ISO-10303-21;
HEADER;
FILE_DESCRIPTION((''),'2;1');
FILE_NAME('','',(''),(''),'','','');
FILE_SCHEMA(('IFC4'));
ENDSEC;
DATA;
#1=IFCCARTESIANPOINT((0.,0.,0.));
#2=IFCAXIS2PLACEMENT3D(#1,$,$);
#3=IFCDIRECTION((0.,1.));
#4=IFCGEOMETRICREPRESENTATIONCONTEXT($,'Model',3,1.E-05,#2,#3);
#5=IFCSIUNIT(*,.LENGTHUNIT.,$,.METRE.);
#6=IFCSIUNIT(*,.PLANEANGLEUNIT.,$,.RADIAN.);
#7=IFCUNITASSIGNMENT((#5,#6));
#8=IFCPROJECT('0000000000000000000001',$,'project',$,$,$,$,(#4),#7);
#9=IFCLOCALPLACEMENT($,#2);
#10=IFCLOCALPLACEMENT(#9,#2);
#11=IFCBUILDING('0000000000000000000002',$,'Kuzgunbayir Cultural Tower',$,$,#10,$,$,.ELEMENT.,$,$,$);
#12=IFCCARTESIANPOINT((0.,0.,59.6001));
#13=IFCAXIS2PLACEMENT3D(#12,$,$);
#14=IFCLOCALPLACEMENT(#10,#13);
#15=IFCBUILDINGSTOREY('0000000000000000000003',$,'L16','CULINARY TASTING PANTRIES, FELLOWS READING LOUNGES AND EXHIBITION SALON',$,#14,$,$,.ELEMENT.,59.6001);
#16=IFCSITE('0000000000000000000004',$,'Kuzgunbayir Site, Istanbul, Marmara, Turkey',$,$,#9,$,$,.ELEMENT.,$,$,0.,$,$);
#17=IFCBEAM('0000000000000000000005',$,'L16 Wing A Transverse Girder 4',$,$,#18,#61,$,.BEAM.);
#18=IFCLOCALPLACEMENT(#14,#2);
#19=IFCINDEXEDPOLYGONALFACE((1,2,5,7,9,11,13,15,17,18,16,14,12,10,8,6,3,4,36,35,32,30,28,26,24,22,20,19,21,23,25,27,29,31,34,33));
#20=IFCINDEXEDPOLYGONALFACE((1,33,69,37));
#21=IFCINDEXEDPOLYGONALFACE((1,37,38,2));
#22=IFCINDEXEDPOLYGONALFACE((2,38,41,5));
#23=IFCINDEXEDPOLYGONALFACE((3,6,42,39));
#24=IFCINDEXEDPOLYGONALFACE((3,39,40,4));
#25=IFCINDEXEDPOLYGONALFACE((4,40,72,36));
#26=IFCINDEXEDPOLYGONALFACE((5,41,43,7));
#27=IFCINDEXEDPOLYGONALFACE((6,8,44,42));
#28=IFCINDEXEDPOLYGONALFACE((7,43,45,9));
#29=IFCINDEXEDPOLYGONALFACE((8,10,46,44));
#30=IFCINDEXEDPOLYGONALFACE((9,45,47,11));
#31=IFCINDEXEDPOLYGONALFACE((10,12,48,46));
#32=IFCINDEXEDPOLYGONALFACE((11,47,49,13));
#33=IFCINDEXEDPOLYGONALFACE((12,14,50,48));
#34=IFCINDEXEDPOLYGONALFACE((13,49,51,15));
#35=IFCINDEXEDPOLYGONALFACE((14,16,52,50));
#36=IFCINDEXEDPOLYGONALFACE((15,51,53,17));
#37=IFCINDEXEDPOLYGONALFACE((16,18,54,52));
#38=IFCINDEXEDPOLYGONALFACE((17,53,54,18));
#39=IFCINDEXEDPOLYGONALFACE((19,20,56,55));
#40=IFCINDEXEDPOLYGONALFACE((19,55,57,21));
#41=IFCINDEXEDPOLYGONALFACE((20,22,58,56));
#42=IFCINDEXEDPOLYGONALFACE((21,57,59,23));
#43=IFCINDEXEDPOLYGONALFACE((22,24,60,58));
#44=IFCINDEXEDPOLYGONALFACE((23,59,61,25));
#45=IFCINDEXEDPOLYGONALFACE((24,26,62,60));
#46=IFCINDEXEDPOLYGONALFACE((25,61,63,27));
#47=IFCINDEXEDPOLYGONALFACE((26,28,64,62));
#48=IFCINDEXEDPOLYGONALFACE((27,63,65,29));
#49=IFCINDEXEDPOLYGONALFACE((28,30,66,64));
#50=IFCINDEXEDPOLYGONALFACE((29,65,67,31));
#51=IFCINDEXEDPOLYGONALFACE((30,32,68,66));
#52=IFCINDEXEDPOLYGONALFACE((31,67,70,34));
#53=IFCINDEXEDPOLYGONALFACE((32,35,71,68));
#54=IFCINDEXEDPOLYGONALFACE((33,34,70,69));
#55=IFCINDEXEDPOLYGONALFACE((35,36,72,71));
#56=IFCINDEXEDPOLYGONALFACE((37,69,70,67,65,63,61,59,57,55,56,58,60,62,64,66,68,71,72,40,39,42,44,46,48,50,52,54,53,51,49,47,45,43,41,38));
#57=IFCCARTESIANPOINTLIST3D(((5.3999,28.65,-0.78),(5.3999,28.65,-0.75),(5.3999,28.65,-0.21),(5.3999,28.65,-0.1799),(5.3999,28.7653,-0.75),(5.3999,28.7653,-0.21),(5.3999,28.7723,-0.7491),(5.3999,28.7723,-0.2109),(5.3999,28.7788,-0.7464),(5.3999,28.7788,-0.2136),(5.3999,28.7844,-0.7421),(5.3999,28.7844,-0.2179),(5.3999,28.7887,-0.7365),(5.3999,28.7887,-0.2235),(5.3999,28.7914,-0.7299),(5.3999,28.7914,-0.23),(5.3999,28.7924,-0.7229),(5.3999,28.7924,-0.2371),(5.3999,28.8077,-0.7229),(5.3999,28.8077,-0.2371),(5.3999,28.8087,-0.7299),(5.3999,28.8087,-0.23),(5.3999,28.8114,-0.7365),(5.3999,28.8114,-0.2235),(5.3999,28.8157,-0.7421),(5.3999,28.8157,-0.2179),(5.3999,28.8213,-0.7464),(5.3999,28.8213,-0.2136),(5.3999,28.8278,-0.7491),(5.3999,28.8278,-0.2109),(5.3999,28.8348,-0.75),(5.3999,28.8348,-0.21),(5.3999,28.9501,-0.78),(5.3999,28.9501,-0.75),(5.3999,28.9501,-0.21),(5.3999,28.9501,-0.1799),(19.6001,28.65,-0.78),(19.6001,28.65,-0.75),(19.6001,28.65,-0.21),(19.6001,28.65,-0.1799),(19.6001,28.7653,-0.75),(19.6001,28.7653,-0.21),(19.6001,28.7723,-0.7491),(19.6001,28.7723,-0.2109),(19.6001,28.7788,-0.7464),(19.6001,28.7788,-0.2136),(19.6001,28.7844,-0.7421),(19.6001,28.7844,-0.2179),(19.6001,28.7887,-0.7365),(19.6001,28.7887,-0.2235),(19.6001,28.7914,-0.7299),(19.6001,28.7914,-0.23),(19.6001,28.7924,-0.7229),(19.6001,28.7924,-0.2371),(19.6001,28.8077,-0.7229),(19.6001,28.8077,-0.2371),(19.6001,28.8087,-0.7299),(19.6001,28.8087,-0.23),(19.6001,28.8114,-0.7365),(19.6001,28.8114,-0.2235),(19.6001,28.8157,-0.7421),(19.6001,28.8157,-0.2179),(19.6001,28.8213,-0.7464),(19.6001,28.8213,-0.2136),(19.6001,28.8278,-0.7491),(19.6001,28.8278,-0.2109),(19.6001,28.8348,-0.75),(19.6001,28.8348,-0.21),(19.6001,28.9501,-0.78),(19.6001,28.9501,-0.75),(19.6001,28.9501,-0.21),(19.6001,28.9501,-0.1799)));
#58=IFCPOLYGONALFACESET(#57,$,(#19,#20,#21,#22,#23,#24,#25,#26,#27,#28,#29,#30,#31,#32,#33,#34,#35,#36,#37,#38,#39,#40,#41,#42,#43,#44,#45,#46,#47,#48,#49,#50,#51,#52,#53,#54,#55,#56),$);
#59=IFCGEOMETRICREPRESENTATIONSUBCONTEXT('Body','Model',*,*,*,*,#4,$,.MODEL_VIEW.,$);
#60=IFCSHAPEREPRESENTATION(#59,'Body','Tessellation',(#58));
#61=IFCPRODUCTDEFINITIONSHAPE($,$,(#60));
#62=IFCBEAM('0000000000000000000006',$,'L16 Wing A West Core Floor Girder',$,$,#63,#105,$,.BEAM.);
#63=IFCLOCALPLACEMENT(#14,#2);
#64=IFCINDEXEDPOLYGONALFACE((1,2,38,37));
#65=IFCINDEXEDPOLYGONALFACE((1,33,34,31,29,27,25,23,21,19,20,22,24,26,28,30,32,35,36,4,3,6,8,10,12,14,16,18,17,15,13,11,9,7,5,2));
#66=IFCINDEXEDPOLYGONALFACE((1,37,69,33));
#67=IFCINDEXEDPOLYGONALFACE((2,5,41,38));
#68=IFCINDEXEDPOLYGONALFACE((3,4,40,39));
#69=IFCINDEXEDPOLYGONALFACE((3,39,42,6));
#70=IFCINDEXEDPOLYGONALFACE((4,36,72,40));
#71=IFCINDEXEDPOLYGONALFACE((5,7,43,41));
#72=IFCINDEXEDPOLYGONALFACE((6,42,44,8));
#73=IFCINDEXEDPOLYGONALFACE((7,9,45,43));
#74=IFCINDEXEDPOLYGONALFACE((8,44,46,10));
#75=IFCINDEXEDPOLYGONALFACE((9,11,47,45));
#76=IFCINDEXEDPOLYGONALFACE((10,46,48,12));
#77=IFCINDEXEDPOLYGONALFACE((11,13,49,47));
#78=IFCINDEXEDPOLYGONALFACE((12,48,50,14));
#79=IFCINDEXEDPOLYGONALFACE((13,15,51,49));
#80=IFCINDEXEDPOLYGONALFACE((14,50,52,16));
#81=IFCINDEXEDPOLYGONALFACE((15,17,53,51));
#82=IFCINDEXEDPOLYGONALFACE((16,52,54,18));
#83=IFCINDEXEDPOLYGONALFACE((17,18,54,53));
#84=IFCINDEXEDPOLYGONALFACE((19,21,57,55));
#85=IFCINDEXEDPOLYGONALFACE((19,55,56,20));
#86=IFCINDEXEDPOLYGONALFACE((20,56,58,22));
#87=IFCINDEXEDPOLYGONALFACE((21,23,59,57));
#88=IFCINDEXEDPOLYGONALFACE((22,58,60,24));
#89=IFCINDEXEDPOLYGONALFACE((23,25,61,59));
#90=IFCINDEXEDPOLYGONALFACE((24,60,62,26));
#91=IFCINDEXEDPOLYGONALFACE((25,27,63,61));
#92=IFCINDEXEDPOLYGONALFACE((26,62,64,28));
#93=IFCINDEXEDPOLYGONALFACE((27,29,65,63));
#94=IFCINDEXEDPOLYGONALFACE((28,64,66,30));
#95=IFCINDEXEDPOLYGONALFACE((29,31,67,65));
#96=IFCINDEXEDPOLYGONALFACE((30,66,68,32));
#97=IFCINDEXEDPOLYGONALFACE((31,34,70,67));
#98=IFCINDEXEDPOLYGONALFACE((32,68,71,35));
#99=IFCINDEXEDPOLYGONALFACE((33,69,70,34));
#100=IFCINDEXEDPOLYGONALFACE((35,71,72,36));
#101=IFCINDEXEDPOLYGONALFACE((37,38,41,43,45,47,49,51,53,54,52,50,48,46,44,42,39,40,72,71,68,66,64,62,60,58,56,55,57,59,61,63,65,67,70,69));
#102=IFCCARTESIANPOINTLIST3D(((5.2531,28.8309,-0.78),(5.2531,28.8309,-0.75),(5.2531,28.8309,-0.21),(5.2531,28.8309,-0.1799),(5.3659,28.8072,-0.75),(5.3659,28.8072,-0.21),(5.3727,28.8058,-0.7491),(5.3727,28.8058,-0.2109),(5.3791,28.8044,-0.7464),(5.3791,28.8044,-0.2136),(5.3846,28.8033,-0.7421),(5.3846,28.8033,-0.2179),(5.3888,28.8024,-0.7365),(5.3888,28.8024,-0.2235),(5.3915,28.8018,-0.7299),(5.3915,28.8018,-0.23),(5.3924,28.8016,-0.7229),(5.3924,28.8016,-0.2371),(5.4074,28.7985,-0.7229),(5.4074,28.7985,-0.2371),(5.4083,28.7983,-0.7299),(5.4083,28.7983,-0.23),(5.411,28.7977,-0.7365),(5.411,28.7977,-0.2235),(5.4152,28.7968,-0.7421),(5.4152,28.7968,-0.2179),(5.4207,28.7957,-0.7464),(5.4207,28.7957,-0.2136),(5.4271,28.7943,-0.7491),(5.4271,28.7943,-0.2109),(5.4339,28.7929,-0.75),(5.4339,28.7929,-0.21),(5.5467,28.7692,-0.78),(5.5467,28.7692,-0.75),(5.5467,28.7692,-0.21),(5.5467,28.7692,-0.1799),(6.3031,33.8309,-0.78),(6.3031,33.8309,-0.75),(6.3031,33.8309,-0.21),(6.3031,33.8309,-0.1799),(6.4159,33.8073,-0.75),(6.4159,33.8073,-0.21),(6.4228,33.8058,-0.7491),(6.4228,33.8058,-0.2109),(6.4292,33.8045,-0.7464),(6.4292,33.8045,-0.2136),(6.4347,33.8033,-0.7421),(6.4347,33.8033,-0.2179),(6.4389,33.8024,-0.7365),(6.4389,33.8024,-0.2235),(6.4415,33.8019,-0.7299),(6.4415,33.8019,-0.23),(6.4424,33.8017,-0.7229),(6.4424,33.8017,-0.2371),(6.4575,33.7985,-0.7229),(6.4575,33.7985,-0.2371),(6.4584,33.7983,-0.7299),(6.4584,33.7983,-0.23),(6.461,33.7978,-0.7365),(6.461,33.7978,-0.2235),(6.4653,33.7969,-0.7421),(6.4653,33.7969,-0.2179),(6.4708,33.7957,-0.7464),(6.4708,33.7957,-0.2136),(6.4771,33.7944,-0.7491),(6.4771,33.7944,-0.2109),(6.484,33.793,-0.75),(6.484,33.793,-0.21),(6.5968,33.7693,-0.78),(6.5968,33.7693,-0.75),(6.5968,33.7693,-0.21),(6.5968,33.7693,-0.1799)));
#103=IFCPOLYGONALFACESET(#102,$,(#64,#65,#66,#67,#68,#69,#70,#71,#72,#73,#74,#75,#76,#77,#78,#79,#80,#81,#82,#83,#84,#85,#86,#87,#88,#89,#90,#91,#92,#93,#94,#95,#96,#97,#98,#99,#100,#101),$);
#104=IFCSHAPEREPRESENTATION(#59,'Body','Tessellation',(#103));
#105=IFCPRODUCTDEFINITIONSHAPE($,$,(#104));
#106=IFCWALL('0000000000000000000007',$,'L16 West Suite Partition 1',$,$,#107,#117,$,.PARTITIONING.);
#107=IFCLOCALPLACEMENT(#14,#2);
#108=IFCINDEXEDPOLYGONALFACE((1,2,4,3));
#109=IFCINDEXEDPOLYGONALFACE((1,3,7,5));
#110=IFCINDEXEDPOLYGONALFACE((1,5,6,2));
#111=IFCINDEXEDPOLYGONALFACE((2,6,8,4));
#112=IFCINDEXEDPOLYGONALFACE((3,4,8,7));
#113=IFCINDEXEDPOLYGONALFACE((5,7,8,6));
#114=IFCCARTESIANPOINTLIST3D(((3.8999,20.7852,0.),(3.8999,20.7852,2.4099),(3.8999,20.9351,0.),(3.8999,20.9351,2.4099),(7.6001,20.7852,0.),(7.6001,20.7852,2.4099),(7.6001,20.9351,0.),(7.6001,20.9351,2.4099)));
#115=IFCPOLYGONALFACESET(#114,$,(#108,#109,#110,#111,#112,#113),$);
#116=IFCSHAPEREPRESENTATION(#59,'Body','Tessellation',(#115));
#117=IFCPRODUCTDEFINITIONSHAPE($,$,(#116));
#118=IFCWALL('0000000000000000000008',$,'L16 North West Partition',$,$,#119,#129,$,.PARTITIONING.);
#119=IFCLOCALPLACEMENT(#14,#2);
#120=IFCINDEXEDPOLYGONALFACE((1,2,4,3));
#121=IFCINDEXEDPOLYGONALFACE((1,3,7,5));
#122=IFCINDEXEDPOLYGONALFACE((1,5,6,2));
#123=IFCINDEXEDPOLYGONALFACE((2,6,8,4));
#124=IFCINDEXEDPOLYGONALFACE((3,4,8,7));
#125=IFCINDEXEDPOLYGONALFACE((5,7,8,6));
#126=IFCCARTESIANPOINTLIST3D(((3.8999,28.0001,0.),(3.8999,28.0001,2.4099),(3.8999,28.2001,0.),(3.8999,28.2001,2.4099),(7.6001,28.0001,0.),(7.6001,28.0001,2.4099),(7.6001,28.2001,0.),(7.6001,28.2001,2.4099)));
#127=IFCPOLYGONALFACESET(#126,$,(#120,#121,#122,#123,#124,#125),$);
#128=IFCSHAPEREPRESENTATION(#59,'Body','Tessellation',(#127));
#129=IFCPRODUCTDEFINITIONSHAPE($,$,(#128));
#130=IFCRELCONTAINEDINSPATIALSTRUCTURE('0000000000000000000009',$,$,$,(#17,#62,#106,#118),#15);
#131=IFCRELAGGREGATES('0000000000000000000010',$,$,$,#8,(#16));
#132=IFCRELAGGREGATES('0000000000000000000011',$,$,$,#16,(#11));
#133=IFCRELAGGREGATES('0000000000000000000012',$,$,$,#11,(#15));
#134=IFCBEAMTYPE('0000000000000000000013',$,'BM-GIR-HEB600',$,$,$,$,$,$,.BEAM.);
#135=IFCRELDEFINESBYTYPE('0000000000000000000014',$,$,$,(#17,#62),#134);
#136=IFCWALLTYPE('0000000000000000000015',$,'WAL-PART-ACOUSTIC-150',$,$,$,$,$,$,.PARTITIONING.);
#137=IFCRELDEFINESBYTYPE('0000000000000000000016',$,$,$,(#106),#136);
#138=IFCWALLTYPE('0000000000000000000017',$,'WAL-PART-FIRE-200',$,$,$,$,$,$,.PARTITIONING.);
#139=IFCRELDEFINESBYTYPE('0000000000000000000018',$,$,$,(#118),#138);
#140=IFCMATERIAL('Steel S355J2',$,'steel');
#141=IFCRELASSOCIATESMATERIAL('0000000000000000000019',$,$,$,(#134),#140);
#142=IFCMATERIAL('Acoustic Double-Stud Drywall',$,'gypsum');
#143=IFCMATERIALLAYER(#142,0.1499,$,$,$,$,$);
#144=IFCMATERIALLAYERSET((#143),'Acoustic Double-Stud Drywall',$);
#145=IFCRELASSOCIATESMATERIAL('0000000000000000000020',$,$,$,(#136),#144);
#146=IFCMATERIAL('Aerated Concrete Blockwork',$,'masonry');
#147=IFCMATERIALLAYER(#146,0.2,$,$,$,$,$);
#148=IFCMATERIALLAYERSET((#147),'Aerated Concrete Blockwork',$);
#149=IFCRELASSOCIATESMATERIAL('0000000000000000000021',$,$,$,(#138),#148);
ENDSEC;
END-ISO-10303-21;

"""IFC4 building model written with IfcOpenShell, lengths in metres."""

from ifc_helpers import new_model, si_unit, direction, frame, frame_2d, origin, origin_2d, place, context, subcontext, project, spatial, rectangle, i_section, extrude, material, layer, layer_set, material_profile, profile_set, type_object, element, save


model = new_model("IFC4")

# Units and contexts
model_context = context("Model", 3, precision=1e-05, world=origin(), true_north=direction((0.0, 1.0)))
body_context = subcontext(model_context, "Body", "Model", "MODEL_VIEW")
ifc_project = project(units=[si_unit("LENGTHUNIT", "METRE"), si_unit("PLANEANGLEUNIT", "RADIAN")], contexts=[model_context])

# Site, building, storey
site_placement = place(None, origin())
site = spatial("IfcSite", under=ifc_project, at=site_placement, Name="Kuzgunbayir Site, Istanbul, Marmara, Turkey", CompositionType="ELEMENT", RefElevation=0.0)
building_placement = place(site_placement, origin())
building = spatial("IfcBuilding", under=site, at=building_placement, Name="Kuzgunbayir Cultural Tower", CompositionType="ELEMENT")
storey_placement = place(building_placement, frame((0.0, 0.0, 59.6001)))
storey = spatial("IfcBuildingStorey", under=building, at=storey_placement, Name="L16", Description="CULINARY TASTING PANTRIES, FELLOWS READING LOUNGES AND EXHIBITION SALON", CompositionType="ELEMENT", Elevation=59.6001)

# Beams
ifc_material_1 = material(Name="Steel S355J2", Category="steel")
ifc_material_profile_1 = material_profile(ifc_material_1, i_section(OverallWidth=0.3, OverallDepth=0.6001, WebThickness=0.0154, FlangeThickness=0.03, FilletRadius=0.0271, at=origin_2d()), Name="HEB 600")
ifc_profile_set_1 = profile_set([ifc_material_profile_1], Name="Steel S355J2")
beam_type_1 = type_object("IfcBeamType", Name="BM-GIR-HEB600", PredefinedType="BEAM", material=ifc_profile_set_1)
for number, where, z_axis, x_axis, name in (
    (1, (5.3999, 28.8, -0.48), (1.0, 0.0, 0.0), (0.0, 1.0, 0.0), "L16 Wing A Transverse Girder 4"),
):
    element("IfcBeam", number, at=place(storey_placement, frame(where, z_axis=z_axis, x_axis=x_axis)), inside=storey, type_object=beam_type_1, Name=name, PredefinedType="BEAM", context=body_context, shape_type="SweptSolid", body=[
        extrude(i_section(OverallWidth=0.3, OverallDepth=0.6001, WebThickness=0.0154, FlangeThickness=0.03, FilletRadius=0.0271, at=origin_2d()), origin(), (0.0, 0.0, 1.0), 14.2002),
    ])
beam_1_placement = place(storey_placement, frame((5.3999, 28.8, -0.48), z_axis=(0.205526, 0.978652, 0.0), x_axis=(-0.978652, 0.205526, 0.0)))
element("IfcBeam", 2, at=beam_1_placement, inside=storey, type_object=beam_type_1, Name="L16 Wing A West Core Floor Girder", PredefinedType="BEAM", context=body_context, shape_type="SweptSolid", body=[
    extrude(i_section(OverallWidth=0.3, OverallDepth=0.6001, WebThickness=0.0154, FlangeThickness=0.03, FilletRadius=0.0271, at=origin_2d()), origin(), (0.0, 0.0, 1.0), 5.1091),
])

# Walls
ifc_material_2 = material(Name="Acoustic Double-Stud Drywall", Category="gypsum")
ifc_layer_1 = layer(ifc_material_2, 0.1499)
ifc_layer_set_1 = layer_set([ifc_layer_1], Name="Acoustic Double-Stud Drywall")
wall_type_1 = type_object("IfcWallType", Name="WAL-PART-ACOUSTIC-150", PredefinedType="PARTITIONING", material=ifc_layer_set_1)
wall_1_placement = place(storey_placement, frame((3.8999, 20.8601, 0.0), z_axis=(0.0, 0.0, 1.0), x_axis=(1.0, 0.0, 0.0)))
element("IfcWall", 3, at=wall_1_placement, inside=storey, type_object=wall_type_1, Name="L16 West Suite Partition 1", PredefinedType="PARTITIONING", context=body_context, shape_type="SweptSolid", body=[
    extrude(rectangle(XDim=3.7002, YDim=0.1499, at=frame_2d((1.8501, 0.0))), origin(), (0.0, 0.0, 1.0), 2.4099),
])
ifc_material_3 = material(Name="Aerated Concrete Blockwork", Category="masonry")
ifc_layer_2 = layer(ifc_material_3, 0.2)
ifc_layer_set_2 = layer_set([ifc_layer_2], Name="Aerated Concrete Blockwork")
wall_type_2 = type_object("IfcWallType", Name="WAL-PART-FIRE-200", PredefinedType="PARTITIONING", material=ifc_layer_set_2)
wall_2_placement = place(storey_placement, frame((3.8999, 28.1001, 0.0), z_axis=(0.0, 0.0, 1.0), x_axis=(1.0, 0.0, 0.0)))
element("IfcWall", 4, at=wall_2_placement, inside=storey, type_object=wall_type_2, Name="L16 North West Partition", PredefinedType="PARTITIONING", context=body_context, shape_type="SweptSolid", body=[
    extrude(rectangle(XDim=3.7002, YDim=0.2, at=frame_2d((1.8501, 0.0))), origin(), (0.0, 0.0, 1.0), 2.4099),
])

save(model, "model.ifc")
